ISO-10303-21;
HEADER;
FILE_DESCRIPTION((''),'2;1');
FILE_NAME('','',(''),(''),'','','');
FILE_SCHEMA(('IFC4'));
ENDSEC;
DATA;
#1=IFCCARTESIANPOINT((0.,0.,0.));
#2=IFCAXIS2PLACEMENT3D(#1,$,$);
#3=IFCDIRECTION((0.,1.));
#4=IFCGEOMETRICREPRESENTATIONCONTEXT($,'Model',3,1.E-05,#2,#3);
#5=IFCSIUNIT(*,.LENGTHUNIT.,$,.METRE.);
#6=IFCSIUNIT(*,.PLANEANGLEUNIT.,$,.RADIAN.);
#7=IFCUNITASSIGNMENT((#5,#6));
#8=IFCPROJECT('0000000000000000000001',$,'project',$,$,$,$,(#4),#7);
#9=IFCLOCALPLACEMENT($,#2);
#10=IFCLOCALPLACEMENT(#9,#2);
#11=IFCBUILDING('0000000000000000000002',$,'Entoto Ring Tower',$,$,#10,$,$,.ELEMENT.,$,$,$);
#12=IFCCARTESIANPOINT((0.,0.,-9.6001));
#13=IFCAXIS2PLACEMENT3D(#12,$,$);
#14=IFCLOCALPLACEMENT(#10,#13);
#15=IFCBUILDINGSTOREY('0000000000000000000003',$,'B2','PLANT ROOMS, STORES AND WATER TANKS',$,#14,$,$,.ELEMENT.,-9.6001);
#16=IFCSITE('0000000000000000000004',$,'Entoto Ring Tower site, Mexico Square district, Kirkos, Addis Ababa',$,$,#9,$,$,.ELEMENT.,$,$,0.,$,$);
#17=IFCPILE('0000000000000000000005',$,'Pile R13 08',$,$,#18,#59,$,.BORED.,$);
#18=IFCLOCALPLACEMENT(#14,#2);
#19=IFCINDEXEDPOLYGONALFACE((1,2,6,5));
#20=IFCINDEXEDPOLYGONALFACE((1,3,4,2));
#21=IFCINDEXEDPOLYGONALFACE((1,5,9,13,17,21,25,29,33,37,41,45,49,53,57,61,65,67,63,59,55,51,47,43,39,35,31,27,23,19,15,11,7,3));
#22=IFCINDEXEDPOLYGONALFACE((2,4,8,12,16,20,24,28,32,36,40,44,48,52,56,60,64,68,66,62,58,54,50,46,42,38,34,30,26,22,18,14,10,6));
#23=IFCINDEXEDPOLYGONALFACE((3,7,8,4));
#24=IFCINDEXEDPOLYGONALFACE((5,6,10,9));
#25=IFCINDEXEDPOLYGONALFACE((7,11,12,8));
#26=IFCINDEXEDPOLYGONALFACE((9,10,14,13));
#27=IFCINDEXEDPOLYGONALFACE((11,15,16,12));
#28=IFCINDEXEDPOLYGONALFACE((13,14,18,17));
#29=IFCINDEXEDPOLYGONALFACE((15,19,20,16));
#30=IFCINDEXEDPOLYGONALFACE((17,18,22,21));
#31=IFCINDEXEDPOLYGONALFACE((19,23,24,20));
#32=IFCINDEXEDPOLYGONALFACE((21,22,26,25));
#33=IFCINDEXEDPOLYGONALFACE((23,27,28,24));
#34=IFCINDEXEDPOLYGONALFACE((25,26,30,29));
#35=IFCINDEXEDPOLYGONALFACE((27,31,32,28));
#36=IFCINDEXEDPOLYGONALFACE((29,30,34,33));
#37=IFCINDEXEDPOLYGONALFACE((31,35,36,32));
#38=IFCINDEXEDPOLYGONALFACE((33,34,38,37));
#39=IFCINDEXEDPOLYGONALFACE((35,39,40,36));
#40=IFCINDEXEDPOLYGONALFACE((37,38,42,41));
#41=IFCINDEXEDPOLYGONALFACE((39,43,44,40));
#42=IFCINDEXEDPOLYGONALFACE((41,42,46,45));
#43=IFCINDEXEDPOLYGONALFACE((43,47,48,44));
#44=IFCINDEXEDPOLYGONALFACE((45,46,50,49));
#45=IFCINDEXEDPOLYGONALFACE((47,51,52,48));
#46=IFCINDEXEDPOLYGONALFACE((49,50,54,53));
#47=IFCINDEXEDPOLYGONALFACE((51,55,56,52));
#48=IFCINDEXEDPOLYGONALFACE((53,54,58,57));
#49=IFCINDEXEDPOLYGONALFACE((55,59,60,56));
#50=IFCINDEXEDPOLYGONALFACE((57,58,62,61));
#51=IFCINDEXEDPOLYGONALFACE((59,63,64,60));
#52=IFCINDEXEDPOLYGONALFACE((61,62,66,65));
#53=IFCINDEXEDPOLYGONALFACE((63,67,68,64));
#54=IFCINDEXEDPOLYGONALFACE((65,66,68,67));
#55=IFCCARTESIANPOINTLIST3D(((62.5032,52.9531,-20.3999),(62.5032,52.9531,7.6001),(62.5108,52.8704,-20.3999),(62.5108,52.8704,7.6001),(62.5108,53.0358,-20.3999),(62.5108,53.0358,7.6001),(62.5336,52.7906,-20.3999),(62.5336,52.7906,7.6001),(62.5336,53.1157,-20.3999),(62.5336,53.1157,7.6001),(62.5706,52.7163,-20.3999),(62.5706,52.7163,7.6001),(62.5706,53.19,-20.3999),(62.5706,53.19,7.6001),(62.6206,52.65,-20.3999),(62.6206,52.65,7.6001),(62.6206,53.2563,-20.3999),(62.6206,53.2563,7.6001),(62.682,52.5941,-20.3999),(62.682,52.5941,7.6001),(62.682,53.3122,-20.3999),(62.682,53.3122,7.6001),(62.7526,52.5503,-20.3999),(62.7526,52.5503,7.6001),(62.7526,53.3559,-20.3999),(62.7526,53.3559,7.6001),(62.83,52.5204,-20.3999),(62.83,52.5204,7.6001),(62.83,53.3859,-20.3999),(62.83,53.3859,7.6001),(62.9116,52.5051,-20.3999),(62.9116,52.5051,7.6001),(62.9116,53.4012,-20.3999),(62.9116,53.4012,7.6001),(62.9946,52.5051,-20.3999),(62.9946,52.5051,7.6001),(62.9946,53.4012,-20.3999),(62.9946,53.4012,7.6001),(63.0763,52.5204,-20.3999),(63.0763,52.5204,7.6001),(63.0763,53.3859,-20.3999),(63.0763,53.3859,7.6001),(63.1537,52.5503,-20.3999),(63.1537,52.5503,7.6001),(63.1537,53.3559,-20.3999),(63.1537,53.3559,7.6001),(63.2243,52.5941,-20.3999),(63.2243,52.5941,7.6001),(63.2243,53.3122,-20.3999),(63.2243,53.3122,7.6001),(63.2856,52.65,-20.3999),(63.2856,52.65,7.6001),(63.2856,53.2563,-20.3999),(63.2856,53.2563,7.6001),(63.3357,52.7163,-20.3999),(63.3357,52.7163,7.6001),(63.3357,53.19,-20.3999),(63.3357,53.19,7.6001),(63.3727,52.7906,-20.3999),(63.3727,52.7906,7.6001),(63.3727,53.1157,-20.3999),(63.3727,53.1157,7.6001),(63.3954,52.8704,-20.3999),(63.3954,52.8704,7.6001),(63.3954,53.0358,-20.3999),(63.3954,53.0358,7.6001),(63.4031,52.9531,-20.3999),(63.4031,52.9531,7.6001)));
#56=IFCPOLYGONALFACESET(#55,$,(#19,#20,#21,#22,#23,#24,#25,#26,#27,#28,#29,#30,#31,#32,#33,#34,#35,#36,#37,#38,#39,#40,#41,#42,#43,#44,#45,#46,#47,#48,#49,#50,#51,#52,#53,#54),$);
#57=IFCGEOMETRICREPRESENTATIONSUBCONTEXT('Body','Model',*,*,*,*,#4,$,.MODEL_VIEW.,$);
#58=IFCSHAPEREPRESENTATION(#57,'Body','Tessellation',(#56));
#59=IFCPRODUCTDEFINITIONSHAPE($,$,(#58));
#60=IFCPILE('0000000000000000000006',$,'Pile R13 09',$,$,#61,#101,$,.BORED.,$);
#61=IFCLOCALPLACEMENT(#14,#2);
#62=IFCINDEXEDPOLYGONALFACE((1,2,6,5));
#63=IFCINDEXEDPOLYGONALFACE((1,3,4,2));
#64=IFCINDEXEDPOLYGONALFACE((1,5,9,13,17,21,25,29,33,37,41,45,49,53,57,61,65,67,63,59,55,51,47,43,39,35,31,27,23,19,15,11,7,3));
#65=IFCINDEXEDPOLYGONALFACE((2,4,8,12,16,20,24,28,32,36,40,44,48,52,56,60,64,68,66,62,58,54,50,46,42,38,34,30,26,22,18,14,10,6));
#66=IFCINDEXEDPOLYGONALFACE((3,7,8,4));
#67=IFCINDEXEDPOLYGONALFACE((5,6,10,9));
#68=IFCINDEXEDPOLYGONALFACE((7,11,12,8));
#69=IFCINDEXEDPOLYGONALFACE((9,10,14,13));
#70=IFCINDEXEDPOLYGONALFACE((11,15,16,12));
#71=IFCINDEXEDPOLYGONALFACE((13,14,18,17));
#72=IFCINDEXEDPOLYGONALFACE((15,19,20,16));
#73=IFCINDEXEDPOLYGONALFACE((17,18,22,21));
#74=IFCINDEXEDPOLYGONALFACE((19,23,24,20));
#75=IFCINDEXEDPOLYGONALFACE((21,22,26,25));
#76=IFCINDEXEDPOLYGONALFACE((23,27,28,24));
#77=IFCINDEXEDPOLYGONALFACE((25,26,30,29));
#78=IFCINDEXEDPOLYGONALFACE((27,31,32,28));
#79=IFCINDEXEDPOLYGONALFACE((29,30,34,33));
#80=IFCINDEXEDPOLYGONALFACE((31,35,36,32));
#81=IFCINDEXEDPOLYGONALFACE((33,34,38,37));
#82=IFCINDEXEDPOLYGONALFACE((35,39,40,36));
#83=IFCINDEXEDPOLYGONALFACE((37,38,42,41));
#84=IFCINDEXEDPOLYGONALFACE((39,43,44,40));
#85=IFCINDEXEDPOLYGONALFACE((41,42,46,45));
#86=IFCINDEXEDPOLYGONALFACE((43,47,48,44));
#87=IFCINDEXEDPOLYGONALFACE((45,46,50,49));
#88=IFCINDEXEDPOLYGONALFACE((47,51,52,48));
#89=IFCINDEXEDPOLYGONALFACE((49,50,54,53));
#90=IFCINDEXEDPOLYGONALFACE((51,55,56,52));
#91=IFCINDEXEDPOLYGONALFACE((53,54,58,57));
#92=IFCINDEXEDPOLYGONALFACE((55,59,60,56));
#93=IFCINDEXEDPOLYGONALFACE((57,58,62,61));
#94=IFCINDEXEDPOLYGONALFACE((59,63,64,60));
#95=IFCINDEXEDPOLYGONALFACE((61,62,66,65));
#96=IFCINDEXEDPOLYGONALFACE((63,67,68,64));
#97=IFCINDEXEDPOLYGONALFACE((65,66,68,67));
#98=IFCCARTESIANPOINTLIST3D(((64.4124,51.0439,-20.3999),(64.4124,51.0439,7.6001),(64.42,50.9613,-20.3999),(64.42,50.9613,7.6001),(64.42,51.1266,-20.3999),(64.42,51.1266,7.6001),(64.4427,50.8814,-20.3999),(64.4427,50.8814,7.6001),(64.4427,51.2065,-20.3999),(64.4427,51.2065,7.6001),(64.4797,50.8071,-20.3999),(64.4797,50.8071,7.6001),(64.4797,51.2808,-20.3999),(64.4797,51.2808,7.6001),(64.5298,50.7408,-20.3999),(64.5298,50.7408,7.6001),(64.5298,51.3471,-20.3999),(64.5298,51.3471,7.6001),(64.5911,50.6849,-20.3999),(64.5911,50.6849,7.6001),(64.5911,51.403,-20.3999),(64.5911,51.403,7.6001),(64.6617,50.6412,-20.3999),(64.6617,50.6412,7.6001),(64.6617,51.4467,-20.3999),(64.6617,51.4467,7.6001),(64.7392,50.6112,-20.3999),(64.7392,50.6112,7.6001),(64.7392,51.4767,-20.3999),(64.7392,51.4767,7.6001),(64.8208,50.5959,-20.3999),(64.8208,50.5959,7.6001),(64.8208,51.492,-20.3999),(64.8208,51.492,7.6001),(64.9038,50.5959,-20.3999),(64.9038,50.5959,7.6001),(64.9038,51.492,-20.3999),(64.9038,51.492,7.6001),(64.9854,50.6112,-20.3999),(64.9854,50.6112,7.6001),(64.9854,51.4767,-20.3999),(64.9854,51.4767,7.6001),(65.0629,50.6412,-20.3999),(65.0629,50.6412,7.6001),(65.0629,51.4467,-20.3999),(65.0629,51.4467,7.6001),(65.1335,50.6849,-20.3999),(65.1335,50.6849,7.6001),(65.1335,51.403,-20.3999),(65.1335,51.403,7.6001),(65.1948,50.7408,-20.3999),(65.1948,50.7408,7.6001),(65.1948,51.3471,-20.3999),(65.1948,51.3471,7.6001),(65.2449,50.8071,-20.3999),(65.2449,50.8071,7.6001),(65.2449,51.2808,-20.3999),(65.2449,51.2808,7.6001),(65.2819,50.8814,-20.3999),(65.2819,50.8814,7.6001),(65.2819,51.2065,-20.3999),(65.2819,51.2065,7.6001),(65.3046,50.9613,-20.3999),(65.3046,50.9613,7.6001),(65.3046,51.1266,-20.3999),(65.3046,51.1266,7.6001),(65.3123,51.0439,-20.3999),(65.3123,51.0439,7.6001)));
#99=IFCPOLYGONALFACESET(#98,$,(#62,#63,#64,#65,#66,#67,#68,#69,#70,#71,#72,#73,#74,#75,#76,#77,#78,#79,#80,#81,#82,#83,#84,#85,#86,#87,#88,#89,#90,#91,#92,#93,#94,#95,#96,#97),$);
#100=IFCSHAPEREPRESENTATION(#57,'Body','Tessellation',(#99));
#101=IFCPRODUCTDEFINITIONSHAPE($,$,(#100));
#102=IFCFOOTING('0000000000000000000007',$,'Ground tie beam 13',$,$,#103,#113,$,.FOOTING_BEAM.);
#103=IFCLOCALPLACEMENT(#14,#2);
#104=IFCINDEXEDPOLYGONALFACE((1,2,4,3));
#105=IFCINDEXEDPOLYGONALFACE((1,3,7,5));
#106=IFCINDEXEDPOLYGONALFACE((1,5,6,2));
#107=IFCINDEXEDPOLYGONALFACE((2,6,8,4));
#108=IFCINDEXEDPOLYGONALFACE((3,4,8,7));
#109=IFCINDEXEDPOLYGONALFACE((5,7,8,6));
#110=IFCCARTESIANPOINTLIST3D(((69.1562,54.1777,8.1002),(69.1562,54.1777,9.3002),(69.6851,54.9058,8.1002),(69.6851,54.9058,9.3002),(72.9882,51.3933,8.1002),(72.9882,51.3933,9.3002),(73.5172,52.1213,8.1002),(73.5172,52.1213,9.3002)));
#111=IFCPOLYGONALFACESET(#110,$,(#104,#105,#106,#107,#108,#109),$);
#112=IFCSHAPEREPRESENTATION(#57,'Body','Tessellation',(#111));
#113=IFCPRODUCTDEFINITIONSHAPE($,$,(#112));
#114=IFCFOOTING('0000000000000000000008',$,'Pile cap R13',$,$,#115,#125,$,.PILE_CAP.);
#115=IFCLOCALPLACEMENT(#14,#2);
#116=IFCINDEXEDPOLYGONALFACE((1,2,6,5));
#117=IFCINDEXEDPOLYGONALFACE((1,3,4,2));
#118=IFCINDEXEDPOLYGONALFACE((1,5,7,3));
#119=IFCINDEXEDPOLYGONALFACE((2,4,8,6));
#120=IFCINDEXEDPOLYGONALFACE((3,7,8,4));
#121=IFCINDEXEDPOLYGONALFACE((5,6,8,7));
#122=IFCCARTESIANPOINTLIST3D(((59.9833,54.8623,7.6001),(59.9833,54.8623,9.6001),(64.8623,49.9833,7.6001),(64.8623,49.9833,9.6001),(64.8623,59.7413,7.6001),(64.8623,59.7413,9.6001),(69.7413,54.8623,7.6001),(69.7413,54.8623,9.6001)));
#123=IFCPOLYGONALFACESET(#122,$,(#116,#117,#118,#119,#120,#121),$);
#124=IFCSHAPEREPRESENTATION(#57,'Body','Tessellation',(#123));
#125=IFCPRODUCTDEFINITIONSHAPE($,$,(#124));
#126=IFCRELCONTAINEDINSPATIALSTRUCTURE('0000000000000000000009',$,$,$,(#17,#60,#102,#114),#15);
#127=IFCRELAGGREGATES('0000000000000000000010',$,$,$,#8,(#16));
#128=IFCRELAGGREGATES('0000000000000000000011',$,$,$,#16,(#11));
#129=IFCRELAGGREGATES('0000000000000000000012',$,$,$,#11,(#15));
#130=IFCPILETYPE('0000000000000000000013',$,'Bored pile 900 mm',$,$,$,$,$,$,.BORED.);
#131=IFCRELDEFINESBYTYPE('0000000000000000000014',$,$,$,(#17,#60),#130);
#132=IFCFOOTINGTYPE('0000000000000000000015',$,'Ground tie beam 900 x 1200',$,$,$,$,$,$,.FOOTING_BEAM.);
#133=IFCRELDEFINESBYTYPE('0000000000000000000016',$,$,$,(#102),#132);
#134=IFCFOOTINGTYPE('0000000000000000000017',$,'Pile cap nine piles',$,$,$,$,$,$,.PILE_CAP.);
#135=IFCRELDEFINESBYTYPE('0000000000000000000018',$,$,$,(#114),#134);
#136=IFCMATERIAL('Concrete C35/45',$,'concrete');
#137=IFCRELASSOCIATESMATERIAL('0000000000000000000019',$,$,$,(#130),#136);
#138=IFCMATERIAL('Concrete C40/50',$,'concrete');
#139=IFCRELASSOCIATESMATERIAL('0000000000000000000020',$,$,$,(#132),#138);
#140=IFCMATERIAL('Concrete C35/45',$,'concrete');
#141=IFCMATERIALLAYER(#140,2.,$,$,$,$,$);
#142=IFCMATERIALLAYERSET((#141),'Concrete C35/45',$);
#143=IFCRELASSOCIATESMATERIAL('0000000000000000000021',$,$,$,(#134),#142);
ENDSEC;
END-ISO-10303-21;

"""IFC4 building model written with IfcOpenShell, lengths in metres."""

from ifc_helpers import new_model, si_unit, direction, frame, origin, origin_2d, place, context, subcontext, project, spatial, rectangle, circle, extrude, material, layer, layer_set, material_profile, profile_set, type_object, element, save


model = new_model("IFC4")

# Units and contexts
model_context = context("Model", 3, precision=1e-05, world=origin(), true_north=direction((0.0, 1.0)))
body_context = subcontext(model_context, "Body", "Model", "MODEL_VIEW")
ifc_project = project(units=[si_unit("LENGTHUNIT", "METRE"), si_unit("PLANEANGLEUNIT", "RADIAN")], contexts=[model_context])

# Site, building, storey
site_placement = place(None, origin())
site = spatial("IfcSite", under=ifc_project, at=site_placement, Name="Entoto Ring Tower site, Mexico Square district, Kirkos, Addis Ababa", CompositionType="ELEMENT", RefElevation=0.0)
building_placement = place(site_placement, origin())
building = spatial("IfcBuilding", under=site, at=building_placement, Name="Entoto Ring Tower", CompositionType="ELEMENT")
storey_placement = place(building_placement, frame((0.0, 0.0, -9.6001)))
storey = spatial("IfcBuildingStorey", under=building, at=storey_placement, Name="B2", Description="PLANT ROOMS, STORES AND WATER TANKS", CompositionType="ELEMENT", Elevation=-9.6001)

# Piles
ifc_material_1 = material(Name="Concrete C35/45", Category="concrete")
ifc_material_profile_1 = material_profile(ifc_material_1, circle(Radius=0.45, at=origin_2d()), Name="Bored pile 900 mm")
ifc_profile_set_1 = profile_set([ifc_material_profile_1], Name="Concrete C35/45")
pile_type = type_object("IfcPileType", Name="Bored pile 900 mm", PredefinedType="BORED", material=ifc_profile_set_1)
for number, where, z_axis, x_axis, name in (
    (1, (62.9531, 52.9531, 7.6001), (0.0, 0.0, -1.0), (1.0, 0.0, 0.0), "Pile R13 08"),
    (2, (64.8623, 51.0439, 7.6001), (0.0, 0.0, -1.0), (1.0, 0.0, 0.0), "Pile R13 09"),
):
    element("IfcPile", number, at=place(storey_placement, frame(where, z_axis=z_axis, x_axis=x_axis)), inside=storey, type_object=pile_type, Name=name, PredefinedType="BORED", context=body_context, shape_type="SweptSolid", body=[
        extrude(circle(Radius=0.45, at=origin_2d()), origin(), (0.0, 0.0, 1.0), 28.0),
    ])

# Footings
ifc_material_2 = material(Name="Concrete C40/50", Category="concrete")
ifc_material_profile_2 = material_profile(ifc_material_2, rectangle(XDim=0.8999, YDim=1.2, at=origin_2d()), Name="Ground tie beam 900 x 1200")
ifc_profile_set_2 = profile_set([ifc_material_profile_2], Name="Concrete C40/50")
footing_type_1 = type_object("IfcFootingType", Name="Ground tie beam 900 x 1200", PredefinedType="FOOTING_BEAM", material=ifc_profile_set_2)
footing_1_placement = place(storey_placement, frame((69.4207, 54.5417, 8.7002), z_axis=(0.808988, -0.587825, 0.0), x_axis=(0.587825, 0.808988, 0.0)))
element("IfcFooting", 3, at=footing_1_placement, inside=storey, type_object=footing_type_1, Name="Ground tie beam 13", PredefinedType="FOOTING_BEAM", context=body_context, shape_type="SweptSolid", body=[
    extrude(rectangle(XDim=0.8999, YDim=1.2, at=origin_2d()), origin(), (0.0, 0.0, 1.0), 4.7368),
])
ifc_material_3 = material(Name="Concrete C35/45", Category="concrete")
ifc_layer_1 = layer(ifc_material_3, 2.0)
ifc_layer_set_1 = layer_set([ifc_layer_1], Name="Concrete C35/45")
footing_type_2 = type_object("IfcFootingType", Name="Pile cap nine piles", PredefinedType="PILE_CAP", material=ifc_layer_set_1)
footing_2_placement = place(storey_placement, frame((64.8623, 54.8623, 7.6001), z_axis=(0.0, 0.0, 1.0), x_axis=(-0.707107, -0.707107, 0.0)))
element("IfcFooting", 4, at=footing_2_placement, inside=storey, type_object=footing_type_2, Name="Pile cap R13", PredefinedType="PILE_CAP", context=body_context, shape_type="SweptSolid", body=[
    extrude(rectangle(XDim=6.8999, YDim=6.8999, at=origin_2d()), origin(), (0.0, 0.0, 1.0), 2.0),
])

save(model, "model.ifc")
